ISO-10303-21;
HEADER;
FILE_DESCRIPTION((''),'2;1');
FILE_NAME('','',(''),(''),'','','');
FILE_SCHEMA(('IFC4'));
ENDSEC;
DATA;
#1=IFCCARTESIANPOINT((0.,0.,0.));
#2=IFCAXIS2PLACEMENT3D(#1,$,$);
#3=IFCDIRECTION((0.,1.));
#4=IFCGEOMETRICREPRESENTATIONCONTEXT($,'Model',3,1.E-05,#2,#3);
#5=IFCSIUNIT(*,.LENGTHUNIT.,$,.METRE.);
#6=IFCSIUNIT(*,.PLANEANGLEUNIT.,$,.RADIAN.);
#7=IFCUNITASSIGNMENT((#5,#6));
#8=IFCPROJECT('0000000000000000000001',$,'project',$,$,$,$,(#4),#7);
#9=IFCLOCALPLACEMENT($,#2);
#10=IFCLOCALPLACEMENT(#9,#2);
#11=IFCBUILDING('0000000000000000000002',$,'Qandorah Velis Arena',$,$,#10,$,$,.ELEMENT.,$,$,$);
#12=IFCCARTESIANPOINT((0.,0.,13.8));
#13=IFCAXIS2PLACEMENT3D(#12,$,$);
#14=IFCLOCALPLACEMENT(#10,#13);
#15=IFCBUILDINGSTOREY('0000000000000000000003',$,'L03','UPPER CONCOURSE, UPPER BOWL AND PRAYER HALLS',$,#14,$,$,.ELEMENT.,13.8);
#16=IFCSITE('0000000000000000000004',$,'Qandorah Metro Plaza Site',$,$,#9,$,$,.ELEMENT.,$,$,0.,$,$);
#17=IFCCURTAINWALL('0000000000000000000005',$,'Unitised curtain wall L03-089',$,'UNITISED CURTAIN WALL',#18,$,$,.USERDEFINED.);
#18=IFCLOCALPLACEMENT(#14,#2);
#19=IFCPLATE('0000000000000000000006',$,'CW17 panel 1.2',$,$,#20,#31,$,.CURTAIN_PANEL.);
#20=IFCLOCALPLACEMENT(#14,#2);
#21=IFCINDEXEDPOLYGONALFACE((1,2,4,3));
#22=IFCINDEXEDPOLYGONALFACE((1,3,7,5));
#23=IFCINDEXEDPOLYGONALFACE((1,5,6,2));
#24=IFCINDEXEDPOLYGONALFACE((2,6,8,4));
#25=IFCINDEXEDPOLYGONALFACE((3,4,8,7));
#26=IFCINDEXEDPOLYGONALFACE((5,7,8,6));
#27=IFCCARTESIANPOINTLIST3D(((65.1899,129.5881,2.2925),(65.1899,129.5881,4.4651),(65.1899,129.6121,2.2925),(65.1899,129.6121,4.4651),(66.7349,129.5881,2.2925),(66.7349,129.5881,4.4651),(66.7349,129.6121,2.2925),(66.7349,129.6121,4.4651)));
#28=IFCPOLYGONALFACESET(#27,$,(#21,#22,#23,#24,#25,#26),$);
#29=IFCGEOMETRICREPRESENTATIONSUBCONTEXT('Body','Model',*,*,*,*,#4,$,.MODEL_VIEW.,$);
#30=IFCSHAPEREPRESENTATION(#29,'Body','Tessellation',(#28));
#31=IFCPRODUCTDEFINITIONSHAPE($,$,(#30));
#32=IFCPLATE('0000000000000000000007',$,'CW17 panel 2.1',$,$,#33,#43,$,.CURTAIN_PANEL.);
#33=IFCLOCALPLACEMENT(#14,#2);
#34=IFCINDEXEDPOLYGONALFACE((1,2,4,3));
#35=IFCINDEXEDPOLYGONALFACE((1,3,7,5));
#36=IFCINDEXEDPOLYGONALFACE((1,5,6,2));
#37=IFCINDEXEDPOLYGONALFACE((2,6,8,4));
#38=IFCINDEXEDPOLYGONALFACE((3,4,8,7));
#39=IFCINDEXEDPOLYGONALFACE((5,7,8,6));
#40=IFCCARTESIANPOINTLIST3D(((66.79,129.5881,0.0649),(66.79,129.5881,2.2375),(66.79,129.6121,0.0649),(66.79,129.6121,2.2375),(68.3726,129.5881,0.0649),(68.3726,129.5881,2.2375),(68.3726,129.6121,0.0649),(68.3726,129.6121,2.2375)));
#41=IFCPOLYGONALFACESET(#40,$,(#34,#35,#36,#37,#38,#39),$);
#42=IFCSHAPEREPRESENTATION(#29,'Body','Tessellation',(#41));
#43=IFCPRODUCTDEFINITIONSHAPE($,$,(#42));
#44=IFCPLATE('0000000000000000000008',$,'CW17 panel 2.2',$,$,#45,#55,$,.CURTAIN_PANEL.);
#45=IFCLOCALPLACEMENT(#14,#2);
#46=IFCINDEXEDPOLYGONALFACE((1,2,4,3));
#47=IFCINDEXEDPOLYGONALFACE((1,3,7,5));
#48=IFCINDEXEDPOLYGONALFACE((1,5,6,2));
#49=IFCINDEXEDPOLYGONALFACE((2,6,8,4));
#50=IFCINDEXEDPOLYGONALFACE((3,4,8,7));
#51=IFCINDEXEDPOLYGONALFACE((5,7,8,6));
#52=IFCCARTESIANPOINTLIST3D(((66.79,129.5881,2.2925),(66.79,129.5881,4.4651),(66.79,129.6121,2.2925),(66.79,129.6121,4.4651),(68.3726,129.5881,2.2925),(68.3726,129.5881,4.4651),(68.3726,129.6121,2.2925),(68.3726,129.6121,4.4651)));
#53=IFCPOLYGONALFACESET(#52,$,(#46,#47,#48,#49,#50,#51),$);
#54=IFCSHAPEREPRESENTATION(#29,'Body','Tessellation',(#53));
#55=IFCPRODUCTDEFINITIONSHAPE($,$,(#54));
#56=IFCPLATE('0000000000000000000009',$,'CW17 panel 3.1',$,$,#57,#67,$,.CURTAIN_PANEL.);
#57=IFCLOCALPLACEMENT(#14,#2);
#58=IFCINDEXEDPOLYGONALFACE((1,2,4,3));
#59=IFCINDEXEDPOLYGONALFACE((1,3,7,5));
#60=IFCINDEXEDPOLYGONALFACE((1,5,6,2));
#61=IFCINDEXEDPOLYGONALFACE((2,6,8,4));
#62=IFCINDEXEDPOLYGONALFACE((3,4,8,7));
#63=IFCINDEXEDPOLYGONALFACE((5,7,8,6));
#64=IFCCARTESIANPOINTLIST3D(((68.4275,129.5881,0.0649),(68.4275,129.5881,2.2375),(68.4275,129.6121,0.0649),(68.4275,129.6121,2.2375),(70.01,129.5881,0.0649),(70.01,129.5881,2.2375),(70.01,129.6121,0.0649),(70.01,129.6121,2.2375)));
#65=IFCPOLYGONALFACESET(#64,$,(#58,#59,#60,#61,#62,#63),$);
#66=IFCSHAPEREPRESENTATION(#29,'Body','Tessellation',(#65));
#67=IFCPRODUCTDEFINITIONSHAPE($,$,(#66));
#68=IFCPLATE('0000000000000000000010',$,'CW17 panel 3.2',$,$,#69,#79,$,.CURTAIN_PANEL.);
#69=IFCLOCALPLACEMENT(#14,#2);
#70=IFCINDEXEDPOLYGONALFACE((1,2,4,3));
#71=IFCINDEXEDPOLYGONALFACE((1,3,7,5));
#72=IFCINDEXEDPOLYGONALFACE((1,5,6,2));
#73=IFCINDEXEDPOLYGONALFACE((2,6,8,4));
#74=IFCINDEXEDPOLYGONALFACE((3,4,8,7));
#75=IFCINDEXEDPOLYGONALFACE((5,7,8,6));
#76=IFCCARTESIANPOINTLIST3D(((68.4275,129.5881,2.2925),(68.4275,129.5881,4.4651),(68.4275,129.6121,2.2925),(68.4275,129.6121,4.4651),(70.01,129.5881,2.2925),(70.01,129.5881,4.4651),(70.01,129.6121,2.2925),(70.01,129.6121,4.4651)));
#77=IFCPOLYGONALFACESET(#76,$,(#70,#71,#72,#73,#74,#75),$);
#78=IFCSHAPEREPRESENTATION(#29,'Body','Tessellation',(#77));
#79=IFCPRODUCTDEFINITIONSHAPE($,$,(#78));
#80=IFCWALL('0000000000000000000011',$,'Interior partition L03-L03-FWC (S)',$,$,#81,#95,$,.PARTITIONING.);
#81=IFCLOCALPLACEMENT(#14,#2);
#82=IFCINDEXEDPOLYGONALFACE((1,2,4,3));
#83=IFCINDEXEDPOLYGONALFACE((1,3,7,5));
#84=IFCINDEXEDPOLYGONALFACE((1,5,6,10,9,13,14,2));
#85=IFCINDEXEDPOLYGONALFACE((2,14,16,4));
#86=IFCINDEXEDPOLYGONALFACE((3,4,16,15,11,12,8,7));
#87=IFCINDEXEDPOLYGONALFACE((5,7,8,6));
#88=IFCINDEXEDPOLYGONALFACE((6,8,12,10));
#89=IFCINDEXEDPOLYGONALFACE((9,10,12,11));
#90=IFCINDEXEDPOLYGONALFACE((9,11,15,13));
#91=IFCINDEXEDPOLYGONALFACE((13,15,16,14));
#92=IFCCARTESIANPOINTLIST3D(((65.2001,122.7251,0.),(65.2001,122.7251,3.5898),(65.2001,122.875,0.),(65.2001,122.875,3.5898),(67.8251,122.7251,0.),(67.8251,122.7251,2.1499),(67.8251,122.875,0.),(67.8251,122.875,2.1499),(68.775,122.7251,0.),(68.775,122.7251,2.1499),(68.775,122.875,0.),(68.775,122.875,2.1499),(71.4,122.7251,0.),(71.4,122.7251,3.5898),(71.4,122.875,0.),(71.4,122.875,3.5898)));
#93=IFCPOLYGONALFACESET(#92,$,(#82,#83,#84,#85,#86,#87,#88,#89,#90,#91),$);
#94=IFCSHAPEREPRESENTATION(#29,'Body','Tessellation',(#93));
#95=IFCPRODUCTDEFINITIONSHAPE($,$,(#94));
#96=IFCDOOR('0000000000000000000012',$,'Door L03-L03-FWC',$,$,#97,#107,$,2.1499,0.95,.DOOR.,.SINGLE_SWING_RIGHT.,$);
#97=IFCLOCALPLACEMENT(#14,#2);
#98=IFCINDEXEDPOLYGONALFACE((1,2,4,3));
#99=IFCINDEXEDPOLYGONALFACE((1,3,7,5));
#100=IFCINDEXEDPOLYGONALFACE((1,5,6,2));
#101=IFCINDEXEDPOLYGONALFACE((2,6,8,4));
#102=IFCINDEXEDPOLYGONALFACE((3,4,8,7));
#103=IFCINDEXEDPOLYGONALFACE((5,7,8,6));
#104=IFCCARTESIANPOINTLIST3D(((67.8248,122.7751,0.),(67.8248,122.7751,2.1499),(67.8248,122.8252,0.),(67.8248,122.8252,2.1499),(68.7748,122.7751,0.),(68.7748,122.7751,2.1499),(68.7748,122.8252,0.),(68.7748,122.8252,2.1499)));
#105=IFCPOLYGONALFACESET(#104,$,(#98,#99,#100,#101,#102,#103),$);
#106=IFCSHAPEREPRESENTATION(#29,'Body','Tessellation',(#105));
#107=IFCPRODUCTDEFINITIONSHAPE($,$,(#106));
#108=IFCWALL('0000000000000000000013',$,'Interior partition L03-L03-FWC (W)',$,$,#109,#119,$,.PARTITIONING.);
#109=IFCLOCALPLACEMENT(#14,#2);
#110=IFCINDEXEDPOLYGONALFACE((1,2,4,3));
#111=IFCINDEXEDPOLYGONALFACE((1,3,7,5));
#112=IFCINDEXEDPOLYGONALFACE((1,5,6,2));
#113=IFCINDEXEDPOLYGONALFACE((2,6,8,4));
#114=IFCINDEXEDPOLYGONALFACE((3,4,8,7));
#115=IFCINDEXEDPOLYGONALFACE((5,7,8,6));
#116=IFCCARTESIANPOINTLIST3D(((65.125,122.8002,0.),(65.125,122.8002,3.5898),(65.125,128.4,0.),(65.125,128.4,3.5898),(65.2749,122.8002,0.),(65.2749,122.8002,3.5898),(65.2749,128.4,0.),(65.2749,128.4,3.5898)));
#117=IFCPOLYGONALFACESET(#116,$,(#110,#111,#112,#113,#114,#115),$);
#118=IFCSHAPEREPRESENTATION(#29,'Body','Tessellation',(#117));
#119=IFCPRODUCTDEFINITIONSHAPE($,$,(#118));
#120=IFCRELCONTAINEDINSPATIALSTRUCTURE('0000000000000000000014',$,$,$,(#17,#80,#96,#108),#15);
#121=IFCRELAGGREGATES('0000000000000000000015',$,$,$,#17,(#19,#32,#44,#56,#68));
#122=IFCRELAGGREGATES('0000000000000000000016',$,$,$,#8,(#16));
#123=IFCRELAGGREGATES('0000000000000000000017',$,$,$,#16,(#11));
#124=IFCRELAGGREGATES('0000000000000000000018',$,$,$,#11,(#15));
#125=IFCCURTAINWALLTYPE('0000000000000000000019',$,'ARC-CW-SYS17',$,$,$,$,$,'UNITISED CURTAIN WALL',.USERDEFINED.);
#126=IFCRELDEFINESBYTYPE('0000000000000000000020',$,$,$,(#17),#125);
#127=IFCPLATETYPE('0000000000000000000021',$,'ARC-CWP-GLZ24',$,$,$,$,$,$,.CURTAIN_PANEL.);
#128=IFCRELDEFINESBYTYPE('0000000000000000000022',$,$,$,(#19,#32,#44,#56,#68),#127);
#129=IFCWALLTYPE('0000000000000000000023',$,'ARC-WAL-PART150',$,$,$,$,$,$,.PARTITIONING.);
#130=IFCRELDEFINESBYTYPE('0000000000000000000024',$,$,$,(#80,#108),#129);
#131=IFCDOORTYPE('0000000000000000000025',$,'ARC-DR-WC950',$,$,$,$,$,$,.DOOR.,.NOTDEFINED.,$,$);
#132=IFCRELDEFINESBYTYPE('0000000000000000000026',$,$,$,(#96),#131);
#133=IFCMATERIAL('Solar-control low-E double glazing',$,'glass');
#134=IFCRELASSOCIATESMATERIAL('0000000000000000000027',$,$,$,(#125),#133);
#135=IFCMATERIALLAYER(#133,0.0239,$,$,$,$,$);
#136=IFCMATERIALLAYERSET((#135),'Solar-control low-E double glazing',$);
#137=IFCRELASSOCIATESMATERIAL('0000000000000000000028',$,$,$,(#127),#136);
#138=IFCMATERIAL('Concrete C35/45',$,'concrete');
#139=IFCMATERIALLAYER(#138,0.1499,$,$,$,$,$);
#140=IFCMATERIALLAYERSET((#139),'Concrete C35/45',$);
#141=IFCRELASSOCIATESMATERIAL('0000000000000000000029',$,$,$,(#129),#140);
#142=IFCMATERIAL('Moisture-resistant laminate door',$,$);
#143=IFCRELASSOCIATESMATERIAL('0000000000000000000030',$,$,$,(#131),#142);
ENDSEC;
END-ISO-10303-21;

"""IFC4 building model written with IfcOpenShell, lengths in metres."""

from ifc_helpers import new_model, si_unit, direction, frame, frame_2d, origin, origin_2d, place, context, subcontext, project, spatial, rectangle, extrude, material, layer, layer_set, type_object, element, fill, aggregate, save


model = new_model("IFC4")

# Units and contexts
model_context = context("Model", 3, precision=1e-05, world=origin(), true_north=direction((0.0, 1.0)))
body_context = subcontext(model_context, "Body", "Model", "MODEL_VIEW")
ifc_project = project(units=[si_unit("LENGTHUNIT", "METRE"), si_unit("PLANEANGLEUNIT", "RADIAN")], contexts=[model_context])

# Site, building, storey
site_placement = place(None, origin())
site = spatial("IfcSite", under=ifc_project, at=site_placement, Name="Qandorah Metro Plaza Site", CompositionType="ELEMENT", RefElevation=0.0)
building_placement = place(site_placement, origin())
building = spatial("IfcBuilding", under=site, at=building_placement, Name="Qandorah Velis Arena", CompositionType="ELEMENT")
storey_placement = place(building_placement, frame((0.0, 0.0, 13.8)))
storey = spatial("IfcBuildingStorey", under=building, at=storey_placement, Name="L03", Description="UPPER CONCOURSE, UPPER BOWL AND PRAYER HALLS", CompositionType="ELEMENT", Elevation=13.8)

# Curtain wall, plates
ifc_material_1 = material(Name="Solar-control low-E double glazing", Category="glass")
curtain_wall_type = type_object("IfcCurtainWallType", Name="ARC-CW-SYS17", ElementType="UNITISED CURTAIN WALL", PredefinedType="USERDEFINED", material=ifc_material_1)
curtain_wall_placement = place(storey_placement, origin())
curtain_wall = element("IfcCurtainWall", 1, at=curtain_wall_placement, inside=storey, type_object=curtain_wall_type, Name="Unitised curtain wall L03-089", ObjectType="UNITISED CURTAIN WALL", PredefinedType="USERDEFINED")
ifc_layer_1 = layer(ifc_material_1, 0.0239)
ifc_layer_set_1 = layer_set([ifc_layer_1], Name="Solar-control low-E double glazing")
plate_type = type_object("IfcPlateType", Name="ARC-CWP-GLZ24", PredefinedType="CURTAIN_PANEL", material=ifc_layer_set_1)
plate_1_placement = place(storey_placement, frame((65.9624, 129.6001, 2.2925), z_axis=(0.0, 0.0, 1.0), x_axis=(1.0, 0.0, 0.0)))
plate_1 = element("IfcPlate", 2, at=plate_1_placement, type_object=plate_type, Name="CW17 panel 1.2", PredefinedType="CURTAIN_PANEL", context=body_context, shape_type="SweptSolid", body=[
    extrude(rectangle(XDim=1.5449, YDim=0.0239, at=origin_2d()), origin(), (0.0, 0.0, 1.0), 2.1726),
])
plate_2_placement = place(storey_placement, frame((67.5813, 129.6001, 0.0649), z_axis=(0.0, 0.0, 1.0), x_axis=(1.0, 0.0, 0.0)))
plate_2 = element("IfcPlate", 3, at=plate_2_placement, type_object=plate_type, Name="CW17 panel 2.1", PredefinedType="CURTAIN_PANEL", context=body_context, shape_type="SweptSolid", body=[
    extrude(rectangle(XDim=1.5825, YDim=0.0239, at=origin_2d()), origin(), (0.0, 0.0, 1.0), 2.1726),
])
plate_3_placement = place(storey_placement, frame((67.5813, 129.6001, 2.2925), z_axis=(0.0, 0.0, 1.0), x_axis=(1.0, 0.0, 0.0)))
plate_3 = element("IfcPlate", 4, at=plate_3_placement, type_object=plate_type, Name="CW17 panel 2.2", PredefinedType="CURTAIN_PANEL", context=body_context, shape_type="SweptSolid", body=[
    extrude(rectangle(XDim=1.5825, YDim=0.0239, at=origin_2d()), origin(), (0.0, 0.0, 1.0), 2.1726),
])
plate_4_placement = place(storey_placement, frame((69.2188, 129.6001, 0.0649), z_axis=(0.0, 0.0, 1.0), x_axis=(1.0, 0.0, 0.0)))
plate_4 = element("IfcPlate", 5, at=plate_4_placement, type_object=plate_type, Name="CW17 panel 3.1", PredefinedType="CURTAIN_PANEL", context=body_context, shape_type="SweptSolid", body=[
    extrude(rectangle(XDim=1.5825, YDim=0.0239, at=origin_2d()), origin(), (0.0, 0.0, 1.0), 2.1726),
])
plate_5_placement = place(storey_placement, frame((69.2188, 129.6001, 2.2925), z_axis=(0.0, 0.0, 1.0), x_axis=(1.0, 0.0, 0.0)))
plate_5 = element("IfcPlate", 6, at=plate_5_placement, type_object=plate_type, Name="CW17 panel 3.2", PredefinedType="CURTAIN_PANEL", context=body_context, shape_type="SweptSolid", body=[
    extrude(rectangle(XDim=1.5825, YDim=0.0239, at=origin_2d()), origin(), (0.0, 0.0, 1.0), 2.1726),
])
aggregate(curtain_wall, [plate_1, plate_2, plate_3, plate_4, plate_5])

# Wall, opening, door
ifc_material_2 = material(Name="Concrete C35/45", Category="concrete")
ifc_layer_2 = layer(ifc_material_2, 0.1499)
ifc_layer_set_2 = layer_set([ifc_layer_2], Name="Concrete C35/45")
wall_type = type_object("IfcWallType", Name="ARC-WAL-PART150", PredefinedType="PARTITIONING", material=ifc_layer_set_2)
wall_1_placement = place(storey_placement, frame((65.2, 122.8, 0.0), z_axis=(0.0, 0.0, 1.0), x_axis=(1.0, 0.0, 0.0)))
wall_1 = element("IfcWall", 7, at=wall_1_placement, inside=storey, type_object=wall_type, Name="Interior partition L03-L03-FWC (S)", PredefinedType="PARTITIONING", context=body_context, shape_type="SweptSolid", body=[
    extrude(rectangle(XDim=6.2, YDim=0.1499, at=frame_2d((3.1001, 0.0))), origin(), (0.0, 0.0, 1.0), 3.5898),
])
opening_placement = place(wall_1_placement, frame((2.625, 0.0, 0.0)))
opening = element("IfcOpeningElement", 8, at=opening_placement, cuts=wall_1, PredefinedType="OPENING", context=body_context, shape_type="SweptSolid", body=[
    extrude(rectangle(XDim=0.95, YDim=2.1499, at=frame_2d((0.4751, 1.075))), frame((0.0, 0.085, 0.0), z_axis=(0.0, -1.0, 0.0), x_axis=(1.0, 0.0, 0.0)), (0.0, 0.0, 1.0), 0.1699),
])
ifc_material_3 = material(Name="Moisture-resistant laminate door")
door_type = type_object("IfcDoorType", Name="ARC-DR-WC950", OperationType="NOTDEFINED", PredefinedType="DOOR", material=ifc_material_3)
door_placement = place(opening_placement, frame((0.95, 0.0, 0.0), z_axis=(0.0, 0.0, 1.0), x_axis=(-1.0, 0.0, 0.0)))
door = element("IfcDoor", 9, at=door_placement, inside=storey, type_object=door_type, Name="Door L03-L03-FWC", OperationType="SINGLE_SWING_RIGHT", OverallHeight=2.1499, OverallWidth=0.95, PredefinedType="DOOR", context=body_context, shape_type="SweptSolid", body=[
    extrude(rectangle(XDim=0.95, YDim=2.1499, at=frame_2d((0.4751, 1.075))), frame((0.0, 0.0249, 0.0), z_axis=(0.0, -1.0, 0.0), x_axis=(1.0, 0.0, 0.0)), (0.0, 0.0, 1.0), 0.05),
])
fill(opening, door)

# Wall
wall_2_placement = place(storey_placement, frame((65.2, 128.3999, 0.0), z_axis=(0.0, 0.0, 1.0), x_axis=(0.0, -1.0, 0.0)))
element("IfcWall", 10, at=wall_2_placement, inside=storey, type_object=wall_type, Name="Interior partition L03-L03-FWC (W)", PredefinedType="PARTITIONING", context=body_context, shape_type="SweptSolid", body=[
    extrude(rectangle(XDim=5.5999, YDim=0.1499, at=frame_2d((2.7998, 0.0))), origin(), (0.0, 0.0, 1.0), 3.5898),
])

save(model, "model.ifc")
